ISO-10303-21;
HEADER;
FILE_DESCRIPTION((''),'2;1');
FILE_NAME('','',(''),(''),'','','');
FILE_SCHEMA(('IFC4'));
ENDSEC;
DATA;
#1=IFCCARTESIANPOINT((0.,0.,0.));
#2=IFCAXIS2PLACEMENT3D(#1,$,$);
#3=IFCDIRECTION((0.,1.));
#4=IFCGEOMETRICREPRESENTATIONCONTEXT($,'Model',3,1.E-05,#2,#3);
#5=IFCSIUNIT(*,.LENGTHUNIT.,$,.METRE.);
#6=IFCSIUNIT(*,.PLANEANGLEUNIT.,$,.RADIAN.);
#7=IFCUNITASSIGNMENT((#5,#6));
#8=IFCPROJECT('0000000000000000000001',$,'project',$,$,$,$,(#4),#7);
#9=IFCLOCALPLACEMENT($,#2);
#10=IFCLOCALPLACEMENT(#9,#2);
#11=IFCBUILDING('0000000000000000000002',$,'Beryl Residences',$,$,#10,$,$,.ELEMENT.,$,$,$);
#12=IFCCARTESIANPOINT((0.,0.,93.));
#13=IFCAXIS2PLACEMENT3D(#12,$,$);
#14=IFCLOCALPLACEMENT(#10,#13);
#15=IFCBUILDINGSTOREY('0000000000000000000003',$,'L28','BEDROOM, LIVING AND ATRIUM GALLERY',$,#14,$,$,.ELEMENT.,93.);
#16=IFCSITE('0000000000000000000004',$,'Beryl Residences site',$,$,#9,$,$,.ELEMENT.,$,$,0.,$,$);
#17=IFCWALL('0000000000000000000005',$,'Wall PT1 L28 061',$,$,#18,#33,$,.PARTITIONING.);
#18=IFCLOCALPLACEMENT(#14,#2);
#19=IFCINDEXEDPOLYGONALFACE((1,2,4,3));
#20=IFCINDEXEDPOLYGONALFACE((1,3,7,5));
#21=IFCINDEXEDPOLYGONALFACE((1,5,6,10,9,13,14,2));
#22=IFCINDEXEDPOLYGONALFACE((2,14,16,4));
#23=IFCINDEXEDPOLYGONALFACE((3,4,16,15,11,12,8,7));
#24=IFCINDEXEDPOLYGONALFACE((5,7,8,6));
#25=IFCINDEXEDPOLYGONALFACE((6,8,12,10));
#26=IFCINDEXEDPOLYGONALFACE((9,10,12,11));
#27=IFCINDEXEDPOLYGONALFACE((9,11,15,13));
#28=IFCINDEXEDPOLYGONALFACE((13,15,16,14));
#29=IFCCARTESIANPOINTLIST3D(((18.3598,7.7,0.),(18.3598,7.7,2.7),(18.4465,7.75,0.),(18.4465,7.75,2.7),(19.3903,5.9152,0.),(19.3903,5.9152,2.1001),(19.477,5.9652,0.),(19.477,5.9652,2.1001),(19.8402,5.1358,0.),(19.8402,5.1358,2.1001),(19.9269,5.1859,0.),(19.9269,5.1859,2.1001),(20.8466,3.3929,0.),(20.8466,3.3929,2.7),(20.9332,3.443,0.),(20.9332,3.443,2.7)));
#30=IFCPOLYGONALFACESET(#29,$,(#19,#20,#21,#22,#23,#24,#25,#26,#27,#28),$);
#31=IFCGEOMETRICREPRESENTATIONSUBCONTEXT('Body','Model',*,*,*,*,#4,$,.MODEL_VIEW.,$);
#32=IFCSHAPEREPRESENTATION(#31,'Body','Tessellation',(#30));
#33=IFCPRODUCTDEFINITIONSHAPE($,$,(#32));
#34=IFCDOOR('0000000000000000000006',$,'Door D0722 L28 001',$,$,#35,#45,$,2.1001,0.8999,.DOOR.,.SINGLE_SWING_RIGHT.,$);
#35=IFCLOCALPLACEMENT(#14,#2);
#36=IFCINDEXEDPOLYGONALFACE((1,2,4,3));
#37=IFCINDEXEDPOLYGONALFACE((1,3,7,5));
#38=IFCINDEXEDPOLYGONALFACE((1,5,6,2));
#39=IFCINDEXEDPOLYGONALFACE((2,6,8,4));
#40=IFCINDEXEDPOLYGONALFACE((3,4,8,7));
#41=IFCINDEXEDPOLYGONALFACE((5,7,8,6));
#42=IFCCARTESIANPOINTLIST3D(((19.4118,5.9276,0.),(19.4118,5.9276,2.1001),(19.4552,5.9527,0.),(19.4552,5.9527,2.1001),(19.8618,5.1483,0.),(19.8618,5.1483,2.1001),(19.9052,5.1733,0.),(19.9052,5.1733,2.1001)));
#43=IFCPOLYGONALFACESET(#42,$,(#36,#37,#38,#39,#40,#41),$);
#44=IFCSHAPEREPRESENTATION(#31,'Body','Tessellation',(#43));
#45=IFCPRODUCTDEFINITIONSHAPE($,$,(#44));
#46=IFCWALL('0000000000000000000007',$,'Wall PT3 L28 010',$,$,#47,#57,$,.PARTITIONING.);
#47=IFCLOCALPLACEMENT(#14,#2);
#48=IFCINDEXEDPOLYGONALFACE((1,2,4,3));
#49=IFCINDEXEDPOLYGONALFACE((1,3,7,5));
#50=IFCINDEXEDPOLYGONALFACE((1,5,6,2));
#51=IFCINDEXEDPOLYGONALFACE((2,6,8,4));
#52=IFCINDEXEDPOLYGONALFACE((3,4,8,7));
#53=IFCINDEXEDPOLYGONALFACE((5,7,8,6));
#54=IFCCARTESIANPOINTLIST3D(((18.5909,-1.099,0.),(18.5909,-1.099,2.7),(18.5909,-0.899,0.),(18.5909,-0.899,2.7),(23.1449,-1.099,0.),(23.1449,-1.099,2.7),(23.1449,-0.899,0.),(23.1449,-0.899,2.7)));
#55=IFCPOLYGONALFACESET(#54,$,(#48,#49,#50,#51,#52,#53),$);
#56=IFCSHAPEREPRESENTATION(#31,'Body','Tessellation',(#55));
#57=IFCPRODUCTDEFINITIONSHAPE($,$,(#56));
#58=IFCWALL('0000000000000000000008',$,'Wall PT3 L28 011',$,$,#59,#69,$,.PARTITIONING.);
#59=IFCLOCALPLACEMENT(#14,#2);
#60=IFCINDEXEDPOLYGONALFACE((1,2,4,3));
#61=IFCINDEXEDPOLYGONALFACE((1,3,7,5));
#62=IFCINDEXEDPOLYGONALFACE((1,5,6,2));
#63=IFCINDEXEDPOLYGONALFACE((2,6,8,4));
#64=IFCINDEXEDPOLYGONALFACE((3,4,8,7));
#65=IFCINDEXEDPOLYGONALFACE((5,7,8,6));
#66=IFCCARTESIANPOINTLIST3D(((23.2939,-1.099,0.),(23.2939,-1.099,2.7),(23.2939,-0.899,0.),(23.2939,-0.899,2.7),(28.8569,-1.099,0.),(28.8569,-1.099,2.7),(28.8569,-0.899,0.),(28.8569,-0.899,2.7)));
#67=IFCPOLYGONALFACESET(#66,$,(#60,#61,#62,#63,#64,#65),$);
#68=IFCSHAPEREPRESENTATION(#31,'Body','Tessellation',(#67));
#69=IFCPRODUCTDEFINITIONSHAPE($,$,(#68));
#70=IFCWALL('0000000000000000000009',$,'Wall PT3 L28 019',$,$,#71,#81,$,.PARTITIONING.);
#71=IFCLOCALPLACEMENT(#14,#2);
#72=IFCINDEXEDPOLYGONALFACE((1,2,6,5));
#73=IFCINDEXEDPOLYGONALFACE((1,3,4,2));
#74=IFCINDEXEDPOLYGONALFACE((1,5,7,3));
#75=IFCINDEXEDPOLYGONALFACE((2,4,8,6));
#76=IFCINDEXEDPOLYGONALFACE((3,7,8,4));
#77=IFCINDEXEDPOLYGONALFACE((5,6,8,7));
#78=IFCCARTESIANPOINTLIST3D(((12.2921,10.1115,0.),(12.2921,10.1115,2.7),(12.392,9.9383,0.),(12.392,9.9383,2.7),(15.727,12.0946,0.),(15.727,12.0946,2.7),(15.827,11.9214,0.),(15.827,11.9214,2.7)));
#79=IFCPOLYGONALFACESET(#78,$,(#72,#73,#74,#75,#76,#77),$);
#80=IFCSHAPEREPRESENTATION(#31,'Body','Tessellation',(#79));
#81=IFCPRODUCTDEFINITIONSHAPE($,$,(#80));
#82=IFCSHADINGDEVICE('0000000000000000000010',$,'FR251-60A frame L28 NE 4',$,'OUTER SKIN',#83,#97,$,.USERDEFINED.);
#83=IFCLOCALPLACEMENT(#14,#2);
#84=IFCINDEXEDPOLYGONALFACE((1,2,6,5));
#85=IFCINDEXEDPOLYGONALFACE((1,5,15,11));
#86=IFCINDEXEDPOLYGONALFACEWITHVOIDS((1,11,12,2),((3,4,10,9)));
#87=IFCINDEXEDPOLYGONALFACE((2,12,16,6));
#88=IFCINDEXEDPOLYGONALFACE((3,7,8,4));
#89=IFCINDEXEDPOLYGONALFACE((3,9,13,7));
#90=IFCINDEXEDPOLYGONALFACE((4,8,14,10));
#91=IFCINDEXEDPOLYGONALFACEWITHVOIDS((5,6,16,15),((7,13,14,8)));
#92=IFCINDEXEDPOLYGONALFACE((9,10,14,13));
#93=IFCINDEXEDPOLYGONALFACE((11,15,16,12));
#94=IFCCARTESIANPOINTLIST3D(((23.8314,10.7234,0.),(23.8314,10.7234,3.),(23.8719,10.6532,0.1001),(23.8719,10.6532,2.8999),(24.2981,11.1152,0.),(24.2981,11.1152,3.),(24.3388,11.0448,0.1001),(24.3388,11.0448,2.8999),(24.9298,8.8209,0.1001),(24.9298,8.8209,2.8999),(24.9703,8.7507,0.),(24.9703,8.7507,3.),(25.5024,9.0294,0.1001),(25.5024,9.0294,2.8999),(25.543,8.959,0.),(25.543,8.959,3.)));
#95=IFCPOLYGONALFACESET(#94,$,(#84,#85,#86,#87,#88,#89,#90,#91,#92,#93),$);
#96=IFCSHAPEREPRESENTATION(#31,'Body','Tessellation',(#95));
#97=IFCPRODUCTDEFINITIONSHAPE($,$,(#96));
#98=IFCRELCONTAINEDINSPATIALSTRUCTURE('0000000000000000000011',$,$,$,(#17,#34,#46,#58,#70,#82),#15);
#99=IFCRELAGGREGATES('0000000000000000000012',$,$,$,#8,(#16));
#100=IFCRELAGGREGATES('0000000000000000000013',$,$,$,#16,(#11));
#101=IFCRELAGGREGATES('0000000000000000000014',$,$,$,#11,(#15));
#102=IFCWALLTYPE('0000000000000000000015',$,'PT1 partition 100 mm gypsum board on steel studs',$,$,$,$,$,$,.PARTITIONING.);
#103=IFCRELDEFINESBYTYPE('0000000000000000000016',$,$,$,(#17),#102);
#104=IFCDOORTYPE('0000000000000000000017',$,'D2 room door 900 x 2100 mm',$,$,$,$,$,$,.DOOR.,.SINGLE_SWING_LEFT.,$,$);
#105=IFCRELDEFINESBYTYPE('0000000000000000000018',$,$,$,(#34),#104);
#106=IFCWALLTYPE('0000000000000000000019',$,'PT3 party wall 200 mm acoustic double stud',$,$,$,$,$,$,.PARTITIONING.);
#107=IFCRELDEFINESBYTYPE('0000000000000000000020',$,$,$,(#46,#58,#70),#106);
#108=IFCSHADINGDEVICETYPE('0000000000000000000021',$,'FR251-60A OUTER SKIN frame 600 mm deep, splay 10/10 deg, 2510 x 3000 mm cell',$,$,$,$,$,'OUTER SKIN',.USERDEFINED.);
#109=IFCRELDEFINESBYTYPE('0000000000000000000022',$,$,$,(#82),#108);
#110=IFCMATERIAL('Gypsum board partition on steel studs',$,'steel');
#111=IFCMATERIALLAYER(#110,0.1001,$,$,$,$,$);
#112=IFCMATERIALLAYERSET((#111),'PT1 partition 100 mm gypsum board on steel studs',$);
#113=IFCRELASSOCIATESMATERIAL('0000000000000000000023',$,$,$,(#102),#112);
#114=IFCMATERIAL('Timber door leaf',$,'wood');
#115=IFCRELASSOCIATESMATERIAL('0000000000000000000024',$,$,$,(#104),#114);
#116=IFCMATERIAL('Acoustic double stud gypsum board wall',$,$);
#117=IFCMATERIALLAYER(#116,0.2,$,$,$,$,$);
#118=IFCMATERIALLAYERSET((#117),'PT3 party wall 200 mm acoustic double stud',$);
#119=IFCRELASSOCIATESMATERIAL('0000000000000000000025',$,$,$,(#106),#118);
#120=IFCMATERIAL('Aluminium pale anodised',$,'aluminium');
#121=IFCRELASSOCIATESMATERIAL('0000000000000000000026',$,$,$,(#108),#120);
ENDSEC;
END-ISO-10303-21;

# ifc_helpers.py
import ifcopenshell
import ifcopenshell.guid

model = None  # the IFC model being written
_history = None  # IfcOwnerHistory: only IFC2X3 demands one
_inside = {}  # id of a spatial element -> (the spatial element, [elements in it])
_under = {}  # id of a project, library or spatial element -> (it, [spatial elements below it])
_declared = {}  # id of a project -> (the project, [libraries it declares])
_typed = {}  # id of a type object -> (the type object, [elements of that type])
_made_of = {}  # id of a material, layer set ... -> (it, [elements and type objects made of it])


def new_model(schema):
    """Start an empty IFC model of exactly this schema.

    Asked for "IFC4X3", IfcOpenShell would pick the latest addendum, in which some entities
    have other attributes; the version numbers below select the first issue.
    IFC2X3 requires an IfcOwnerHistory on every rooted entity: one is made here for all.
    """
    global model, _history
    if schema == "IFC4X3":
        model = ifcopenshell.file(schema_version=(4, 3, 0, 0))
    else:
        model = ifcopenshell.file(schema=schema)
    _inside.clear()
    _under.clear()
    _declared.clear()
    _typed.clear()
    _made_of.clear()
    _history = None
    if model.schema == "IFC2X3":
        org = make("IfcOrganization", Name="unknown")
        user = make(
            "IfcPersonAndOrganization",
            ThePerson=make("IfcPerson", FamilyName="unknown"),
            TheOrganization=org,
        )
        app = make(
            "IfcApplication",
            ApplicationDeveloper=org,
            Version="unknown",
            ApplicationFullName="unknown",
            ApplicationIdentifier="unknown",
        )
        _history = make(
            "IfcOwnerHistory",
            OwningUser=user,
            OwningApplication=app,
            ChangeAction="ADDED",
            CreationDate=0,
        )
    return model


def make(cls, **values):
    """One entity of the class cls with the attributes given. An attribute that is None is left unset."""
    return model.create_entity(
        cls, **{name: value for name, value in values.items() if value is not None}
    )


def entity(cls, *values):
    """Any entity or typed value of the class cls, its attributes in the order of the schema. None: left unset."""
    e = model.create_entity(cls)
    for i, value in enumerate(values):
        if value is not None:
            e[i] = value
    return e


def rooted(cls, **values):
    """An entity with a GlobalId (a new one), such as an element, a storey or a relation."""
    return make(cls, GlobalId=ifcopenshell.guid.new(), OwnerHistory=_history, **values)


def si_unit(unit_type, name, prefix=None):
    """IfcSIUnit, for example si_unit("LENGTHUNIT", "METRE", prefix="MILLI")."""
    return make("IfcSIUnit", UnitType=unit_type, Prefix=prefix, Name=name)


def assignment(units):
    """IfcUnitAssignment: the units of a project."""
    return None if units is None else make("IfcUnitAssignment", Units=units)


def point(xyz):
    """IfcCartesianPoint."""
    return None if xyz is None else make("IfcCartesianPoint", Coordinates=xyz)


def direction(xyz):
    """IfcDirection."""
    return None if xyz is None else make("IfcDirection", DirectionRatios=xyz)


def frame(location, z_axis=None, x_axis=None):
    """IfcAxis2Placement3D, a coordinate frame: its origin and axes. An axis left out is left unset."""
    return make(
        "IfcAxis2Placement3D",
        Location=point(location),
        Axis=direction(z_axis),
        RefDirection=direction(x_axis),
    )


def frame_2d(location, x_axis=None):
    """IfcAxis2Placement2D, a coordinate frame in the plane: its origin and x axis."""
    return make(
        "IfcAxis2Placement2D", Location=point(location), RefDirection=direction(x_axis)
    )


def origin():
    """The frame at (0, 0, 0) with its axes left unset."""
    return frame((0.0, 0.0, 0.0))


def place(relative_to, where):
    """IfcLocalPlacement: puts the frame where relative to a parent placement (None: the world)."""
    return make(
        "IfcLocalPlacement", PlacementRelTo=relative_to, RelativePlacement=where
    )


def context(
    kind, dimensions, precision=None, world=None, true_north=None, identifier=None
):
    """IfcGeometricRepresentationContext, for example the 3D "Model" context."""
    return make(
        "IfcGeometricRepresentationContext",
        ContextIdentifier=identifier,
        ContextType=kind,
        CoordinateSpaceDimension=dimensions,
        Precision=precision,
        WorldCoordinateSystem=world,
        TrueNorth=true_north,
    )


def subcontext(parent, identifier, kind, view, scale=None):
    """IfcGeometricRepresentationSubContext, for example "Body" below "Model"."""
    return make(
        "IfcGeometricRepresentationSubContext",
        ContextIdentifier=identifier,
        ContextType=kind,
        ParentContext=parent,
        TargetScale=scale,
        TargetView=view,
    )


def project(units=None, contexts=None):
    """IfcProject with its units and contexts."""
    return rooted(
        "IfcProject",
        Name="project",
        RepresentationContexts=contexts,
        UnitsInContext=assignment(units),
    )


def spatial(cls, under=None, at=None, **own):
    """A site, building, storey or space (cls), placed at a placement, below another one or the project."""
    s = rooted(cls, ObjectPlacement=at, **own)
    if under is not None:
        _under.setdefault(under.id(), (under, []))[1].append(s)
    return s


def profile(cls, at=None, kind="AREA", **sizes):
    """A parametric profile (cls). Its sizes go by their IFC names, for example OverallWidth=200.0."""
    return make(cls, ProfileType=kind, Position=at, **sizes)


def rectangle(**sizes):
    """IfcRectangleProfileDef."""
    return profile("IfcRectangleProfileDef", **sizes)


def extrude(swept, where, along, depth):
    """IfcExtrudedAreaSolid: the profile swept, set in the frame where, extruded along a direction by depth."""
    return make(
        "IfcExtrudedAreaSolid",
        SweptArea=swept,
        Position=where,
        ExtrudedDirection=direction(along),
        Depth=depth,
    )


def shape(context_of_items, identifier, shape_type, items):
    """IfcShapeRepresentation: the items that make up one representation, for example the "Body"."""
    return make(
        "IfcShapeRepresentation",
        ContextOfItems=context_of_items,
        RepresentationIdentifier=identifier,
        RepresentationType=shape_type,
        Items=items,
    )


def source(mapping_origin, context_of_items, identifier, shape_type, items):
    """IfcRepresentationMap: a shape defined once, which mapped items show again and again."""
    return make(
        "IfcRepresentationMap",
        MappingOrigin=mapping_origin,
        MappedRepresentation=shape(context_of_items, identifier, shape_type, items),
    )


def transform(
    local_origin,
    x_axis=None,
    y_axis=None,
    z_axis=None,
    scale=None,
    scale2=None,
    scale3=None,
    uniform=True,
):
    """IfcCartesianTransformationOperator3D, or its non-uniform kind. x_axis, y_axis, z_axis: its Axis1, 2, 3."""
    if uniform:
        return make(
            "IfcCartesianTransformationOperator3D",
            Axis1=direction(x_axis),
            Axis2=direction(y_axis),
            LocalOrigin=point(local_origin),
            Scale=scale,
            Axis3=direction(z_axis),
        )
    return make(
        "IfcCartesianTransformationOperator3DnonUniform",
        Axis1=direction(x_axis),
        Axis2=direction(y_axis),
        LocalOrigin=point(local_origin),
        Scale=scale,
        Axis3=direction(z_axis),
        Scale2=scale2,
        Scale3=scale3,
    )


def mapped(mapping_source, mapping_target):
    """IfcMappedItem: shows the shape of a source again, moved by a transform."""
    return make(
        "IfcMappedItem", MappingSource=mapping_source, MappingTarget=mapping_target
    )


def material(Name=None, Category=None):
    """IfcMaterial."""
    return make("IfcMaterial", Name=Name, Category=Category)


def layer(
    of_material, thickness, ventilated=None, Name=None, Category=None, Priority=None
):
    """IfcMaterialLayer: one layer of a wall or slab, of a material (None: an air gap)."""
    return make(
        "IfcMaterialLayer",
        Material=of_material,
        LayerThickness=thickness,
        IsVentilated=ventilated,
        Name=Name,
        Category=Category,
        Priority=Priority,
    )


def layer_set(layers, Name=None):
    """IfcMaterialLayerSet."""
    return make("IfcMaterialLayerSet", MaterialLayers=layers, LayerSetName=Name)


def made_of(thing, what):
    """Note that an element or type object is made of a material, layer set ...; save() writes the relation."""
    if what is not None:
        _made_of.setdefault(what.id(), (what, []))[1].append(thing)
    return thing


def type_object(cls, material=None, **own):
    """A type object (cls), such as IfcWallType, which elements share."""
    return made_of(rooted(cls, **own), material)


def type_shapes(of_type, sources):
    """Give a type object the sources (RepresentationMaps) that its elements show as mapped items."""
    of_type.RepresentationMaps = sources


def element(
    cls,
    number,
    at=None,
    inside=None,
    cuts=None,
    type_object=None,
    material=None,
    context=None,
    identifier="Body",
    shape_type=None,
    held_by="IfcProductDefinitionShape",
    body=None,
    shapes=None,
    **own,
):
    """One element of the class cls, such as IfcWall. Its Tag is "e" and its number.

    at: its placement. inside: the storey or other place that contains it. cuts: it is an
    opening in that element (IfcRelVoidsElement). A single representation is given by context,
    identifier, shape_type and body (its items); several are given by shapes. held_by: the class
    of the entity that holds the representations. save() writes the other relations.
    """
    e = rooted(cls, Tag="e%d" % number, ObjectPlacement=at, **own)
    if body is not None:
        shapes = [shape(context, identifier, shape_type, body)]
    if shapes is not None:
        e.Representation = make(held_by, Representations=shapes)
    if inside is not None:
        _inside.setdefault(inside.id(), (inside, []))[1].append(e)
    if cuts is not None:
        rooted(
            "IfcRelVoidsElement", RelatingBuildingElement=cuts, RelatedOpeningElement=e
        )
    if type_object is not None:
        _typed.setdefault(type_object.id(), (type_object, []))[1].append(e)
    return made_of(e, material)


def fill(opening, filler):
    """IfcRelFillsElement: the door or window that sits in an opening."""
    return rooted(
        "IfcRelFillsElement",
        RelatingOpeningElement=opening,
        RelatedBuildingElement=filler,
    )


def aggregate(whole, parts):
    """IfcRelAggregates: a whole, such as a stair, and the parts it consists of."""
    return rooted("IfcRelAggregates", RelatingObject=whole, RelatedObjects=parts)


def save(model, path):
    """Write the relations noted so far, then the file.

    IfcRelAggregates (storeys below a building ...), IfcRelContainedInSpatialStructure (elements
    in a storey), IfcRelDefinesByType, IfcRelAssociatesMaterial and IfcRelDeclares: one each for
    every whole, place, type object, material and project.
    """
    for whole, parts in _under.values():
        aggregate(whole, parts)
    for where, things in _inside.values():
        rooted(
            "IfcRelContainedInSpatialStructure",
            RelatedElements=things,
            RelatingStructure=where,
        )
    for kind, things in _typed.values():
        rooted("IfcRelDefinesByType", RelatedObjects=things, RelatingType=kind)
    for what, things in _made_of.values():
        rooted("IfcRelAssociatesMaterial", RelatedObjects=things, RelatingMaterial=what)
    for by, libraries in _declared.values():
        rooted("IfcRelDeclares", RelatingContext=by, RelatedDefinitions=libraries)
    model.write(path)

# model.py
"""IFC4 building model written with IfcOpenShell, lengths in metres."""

from ifc_helpers import new_model, entity, si_unit, direction, frame, frame_2d, origin, place, context, subcontext, project, spatial, rectangle, extrude, source, transform, mapped, material, layer, layer_set, type_object, type_shapes, element, fill, save


model = new_model("IFC4")

# Units and contexts
model_context = context("Model", 3, precision=1e-05, world=origin(), true_north=direction((0.0, 1.0)))
body_context = subcontext(model_context, "Body", "Model", "MODEL_VIEW")
ifc_project = project(units=[si_unit("LENGTHUNIT", "METRE"), si_unit("PLANEANGLEUNIT", "RADIAN")], contexts=[model_context])

# Site, building, storey
site_placement = place(None, origin())
site = spatial("IfcSite", under=ifc_project, at=site_placement, Name="Beryl Residences site", CompositionType="ELEMENT", RefElevation=0.0)
building_placement = place(site_placement, origin())
building = spatial("IfcBuilding", under=site, at=building_placement, Name="Beryl Residences", CompositionType="ELEMENT")
storey_placement = place(building_placement, frame((0.0, 0.0, 93.0)))
storey = spatial("IfcBuildingStorey", under=building, at=storey_placement, Name="L28", Description="BEDROOM, LIVING AND ATRIUM GALLERY", CompositionType="ELEMENT", Elevation=93.0)

# Shared definitions
ifc_material_1 = material(Name="Gypsum board partition on steel studs", Category="steel")
ifc_layer_1 = layer(ifc_material_1, 0.1001)
ifc_layer_set_1 = layer_set([ifc_layer_1], Name="PT1 partition 100 mm gypsum board on steel studs")
wall_type_1 = type_object("IfcWallType", Name="PT1 partition 100 mm gypsum board on steel studs", PredefinedType="PARTITIONING", material=ifc_layer_set_1)

# Shared definitions
ifc_material_2 = material(Name="Timber door leaf", Category="wood")
door_type_1 = type_object("IfcDoorType", Name="D2 room door 900 x 2100 mm", OperationType="SINGLE_SWING_LEFT", PredefinedType="DOOR", material=ifc_material_2)

# Wall, opening, door
wall_1_placement = place(storey_placement, frame((18.4031, 7.7251, 0.0), z_axis=(0.0, 0.0, 1.0), x_axis=(0.500014, -0.866017, 0.0)))
wall_1 = element("IfcWall", 1, at=wall_1_placement, inside=storey, type_object=wall_type_1, Name="Wall PT1 L28 061", PredefinedType="PARTITIONING", context=body_context, shape_type="SweptSolid", body=[
    extrude(rectangle(XDim=4.9734, YDim=0.1001, at=frame_2d((2.4868, 0.0))), origin(), (0.0, 0.0, 1.0), 2.7),
])
opening_1_placement = place(wall_1_placement, frame((2.061, 0.0, 0.0)))
opening_1 = element("IfcOpeningElement", 2, at=opening_1_placement, cuts=wall_1, PredefinedType="OPENING", context=body_context, shape_type="SweptSolid", body=[
    extrude(rectangle(XDim=0.8999, YDim=2.1001, at=frame_2d((0.45, 1.05))), frame((0.0, 0.0601, 0.0), z_axis=(0.0, -1.0, 0.0), x_axis=(1.0, 0.0, 0.0)), (0.0, 0.0, 1.0), 0.1201),
])
door_1_placement = place(opening_1_placement, origin())
door_1 = element("IfcDoor", 3, at=door_1_placement, inside=storey, type_object=door_type_1, Name="Door D0722 L28 001", OperationType="SINGLE_SWING_RIGHT", OverallHeight=2.1001, OverallWidth=0.8999, PredefinedType="DOOR", context=body_context, shape_type="SweptSolid", body=[
    extrude(rectangle(XDim=0.8999, YDim=2.1001, at=frame_2d((0.45, 1.05))), frame((0.0, 0.0249, 0.0), z_axis=(0.0, -1.0, 0.0), x_axis=(1.0, 0.0, 0.0)), (0.0, 0.0, 1.0), 0.05),
])
fill(opening_1, door_1)

# Walls
ifc_material_3 = material(Name="Acoustic double stud gypsum board wall")
ifc_layer_2 = layer(ifc_material_3, 0.2)
ifc_layer_set_2 = layer_set([ifc_layer_2], Name="PT3 party wall 200 mm acoustic double stud")
wall_type_2 = type_object("IfcWallType", Name="PT3 party wall 200 mm acoustic double stud", PredefinedType="PARTITIONING", material=ifc_layer_set_2)
wall_2_placement = place(storey_placement, frame((18.5911, -0.999, 0.0), z_axis=(0.0, 0.0, 1.0), x_axis=(1.0, 0.0, 0.0)))
element("IfcWall", 4, at=wall_2_placement, inside=storey, type_object=wall_type_2, Name="Wall PT3 L28 010", PredefinedType="PARTITIONING", context=body_context, shape_type="SweptSolid", body=[
    extrude(rectangle(XDim=4.554, YDim=0.2, at=frame_2d((2.2769, 0.0))), origin(), (0.0, 0.0, 1.0), 2.7),
])
wall_3_placement = place(storey_placement, frame((23.2939, -0.999, 0.0), z_axis=(0.0, 0.0, 1.0), x_axis=(1.0, 0.0, 0.0)))
element("IfcWall", 5, at=wall_3_placement, inside=storey, type_object=wall_type_2, Name="Wall PT3 L28 011", PredefinedType="PARTITIONING", context=body_context, shape_type="SweptSolid", body=[
    extrude(rectangle(XDim=5.563, YDim=0.2, at=frame_2d((2.7815, 0.0))), origin(), (0.0, 0.0, 1.0), 2.7),
])
wall_4_placement = place(storey_placement, frame((12.342, 10.0249, 0.0), z_axis=(0.0, 0.0, 1.0), x_axis=(0.866034, 0.499985, 0.0)))
element("IfcWall", 6, at=wall_4_placement, inside=storey, type_object=wall_type_2, Name="Wall PT3 L28 019", PredefinedType="PARTITIONING", context=body_context, shape_type="SweptSolid", body=[
    extrude(rectangle(XDim=3.9663, YDim=0.2, at=frame_2d((1.9832, 0.0))), origin(), (0.0, 0.0, 1.0), 2.7),
])

# Shading device
ifc_material_4 = material(Name="Aluminium pale anodised", Category="aluminium")
shading_device_type = type_object("IfcShadingDeviceType", Name="FR251-60A OUTER SKIN frame 600 mm deep, splay 10/10 deg, 2510 x 3000 mm cell", ElementType="OUTER SKIN", PredefinedType="USERDEFINED", material=ifc_material_4)
cartesian_point_1 = entity("IfcCartesianPoint", [-1.1389, 0.0])
cartesian_point_2 = entity("IfcCartesianPoint", [-1.0579, 0.1001])
cartesian_point_3 = entity("IfcCartesianPoint", [-1.2449, 0.0])
cartesian_point_4 = entity("IfcCartesianPoint", [-1.1636, 0.1001])
shared_shape = source(origin(), body_context, "Body", "SweptSolid", [
    entity("IfcExtrudedAreaSolidTapered", entity("IfcArbitraryProfileDefWithVoids", "AREA", None, entity("IfcPolyline", [cartesian_point_1, entity("IfcCartesianPoint", [1.1389, 0.0]), entity("IfcCartesianPoint", [1.1389, 3.0]), entity("IfcCartesianPoint", [-1.1389, 3.0]), cartesian_point_1]), [entity("IfcPolyline", [cartesian_point_2, entity("IfcCartesianPoint", [1.0579, 0.1001]), entity("IfcCartesianPoint", [1.0579, 2.8999]), entity("IfcCartesianPoint", [-1.0579, 2.8999]), cartesian_point_2])]), entity("IfcAxis2Placement3D", entity("IfcCartesianPoint", [0.0, 0.0, 0.0]), entity("IfcDirection", [0.0, 1.0, 0.0]), entity("IfcDirection", [-1.0, 0.0, 0.0])), entity("IfcDirection", [0.0, 0.0, 1.0]), 0.6001, entity("IfcArbitraryProfileDefWithVoids", "AREA", None, entity("IfcPolyline", [cartesian_point_3, entity("IfcCartesianPoint", [1.2449, 0.0]), entity("IfcCartesianPoint", [1.2449, 3.0]), entity("IfcCartesianPoint", [-1.2449, 3.0]), cartesian_point_3]), [entity("IfcPolyline", [cartesian_point_4, entity("IfcCartesianPoint", [1.1636, 0.1001]), entity("IfcCartesianPoint", [1.1636, 2.8999]), entity("IfcCartesianPoint", [-1.1636, 2.8999]), cartesian_point_4])])),
])
type_shapes(shading_device_type, [shared_shape])
shading_device_placement = place(storey_placement, frame((24.4009, 9.7371, 0.0), z_axis=(0.0, 0.0, 1.0), x_axis=(0.5, -0.866025, 0.0)))
element("IfcShadingDevice", 7, at=shading_device_placement, inside=storey, type_object=shading_device_type, Name="FR251-60A frame L28 NE 4", ObjectType="OUTER SKIN", PredefinedType="USERDEFINED", context=body_context, shape_type="MappedRepresentation", body=[
    mapped(shared_shape, transform((0.0, 0.0, 0.0))),
])

save(model, "model.ifc")
